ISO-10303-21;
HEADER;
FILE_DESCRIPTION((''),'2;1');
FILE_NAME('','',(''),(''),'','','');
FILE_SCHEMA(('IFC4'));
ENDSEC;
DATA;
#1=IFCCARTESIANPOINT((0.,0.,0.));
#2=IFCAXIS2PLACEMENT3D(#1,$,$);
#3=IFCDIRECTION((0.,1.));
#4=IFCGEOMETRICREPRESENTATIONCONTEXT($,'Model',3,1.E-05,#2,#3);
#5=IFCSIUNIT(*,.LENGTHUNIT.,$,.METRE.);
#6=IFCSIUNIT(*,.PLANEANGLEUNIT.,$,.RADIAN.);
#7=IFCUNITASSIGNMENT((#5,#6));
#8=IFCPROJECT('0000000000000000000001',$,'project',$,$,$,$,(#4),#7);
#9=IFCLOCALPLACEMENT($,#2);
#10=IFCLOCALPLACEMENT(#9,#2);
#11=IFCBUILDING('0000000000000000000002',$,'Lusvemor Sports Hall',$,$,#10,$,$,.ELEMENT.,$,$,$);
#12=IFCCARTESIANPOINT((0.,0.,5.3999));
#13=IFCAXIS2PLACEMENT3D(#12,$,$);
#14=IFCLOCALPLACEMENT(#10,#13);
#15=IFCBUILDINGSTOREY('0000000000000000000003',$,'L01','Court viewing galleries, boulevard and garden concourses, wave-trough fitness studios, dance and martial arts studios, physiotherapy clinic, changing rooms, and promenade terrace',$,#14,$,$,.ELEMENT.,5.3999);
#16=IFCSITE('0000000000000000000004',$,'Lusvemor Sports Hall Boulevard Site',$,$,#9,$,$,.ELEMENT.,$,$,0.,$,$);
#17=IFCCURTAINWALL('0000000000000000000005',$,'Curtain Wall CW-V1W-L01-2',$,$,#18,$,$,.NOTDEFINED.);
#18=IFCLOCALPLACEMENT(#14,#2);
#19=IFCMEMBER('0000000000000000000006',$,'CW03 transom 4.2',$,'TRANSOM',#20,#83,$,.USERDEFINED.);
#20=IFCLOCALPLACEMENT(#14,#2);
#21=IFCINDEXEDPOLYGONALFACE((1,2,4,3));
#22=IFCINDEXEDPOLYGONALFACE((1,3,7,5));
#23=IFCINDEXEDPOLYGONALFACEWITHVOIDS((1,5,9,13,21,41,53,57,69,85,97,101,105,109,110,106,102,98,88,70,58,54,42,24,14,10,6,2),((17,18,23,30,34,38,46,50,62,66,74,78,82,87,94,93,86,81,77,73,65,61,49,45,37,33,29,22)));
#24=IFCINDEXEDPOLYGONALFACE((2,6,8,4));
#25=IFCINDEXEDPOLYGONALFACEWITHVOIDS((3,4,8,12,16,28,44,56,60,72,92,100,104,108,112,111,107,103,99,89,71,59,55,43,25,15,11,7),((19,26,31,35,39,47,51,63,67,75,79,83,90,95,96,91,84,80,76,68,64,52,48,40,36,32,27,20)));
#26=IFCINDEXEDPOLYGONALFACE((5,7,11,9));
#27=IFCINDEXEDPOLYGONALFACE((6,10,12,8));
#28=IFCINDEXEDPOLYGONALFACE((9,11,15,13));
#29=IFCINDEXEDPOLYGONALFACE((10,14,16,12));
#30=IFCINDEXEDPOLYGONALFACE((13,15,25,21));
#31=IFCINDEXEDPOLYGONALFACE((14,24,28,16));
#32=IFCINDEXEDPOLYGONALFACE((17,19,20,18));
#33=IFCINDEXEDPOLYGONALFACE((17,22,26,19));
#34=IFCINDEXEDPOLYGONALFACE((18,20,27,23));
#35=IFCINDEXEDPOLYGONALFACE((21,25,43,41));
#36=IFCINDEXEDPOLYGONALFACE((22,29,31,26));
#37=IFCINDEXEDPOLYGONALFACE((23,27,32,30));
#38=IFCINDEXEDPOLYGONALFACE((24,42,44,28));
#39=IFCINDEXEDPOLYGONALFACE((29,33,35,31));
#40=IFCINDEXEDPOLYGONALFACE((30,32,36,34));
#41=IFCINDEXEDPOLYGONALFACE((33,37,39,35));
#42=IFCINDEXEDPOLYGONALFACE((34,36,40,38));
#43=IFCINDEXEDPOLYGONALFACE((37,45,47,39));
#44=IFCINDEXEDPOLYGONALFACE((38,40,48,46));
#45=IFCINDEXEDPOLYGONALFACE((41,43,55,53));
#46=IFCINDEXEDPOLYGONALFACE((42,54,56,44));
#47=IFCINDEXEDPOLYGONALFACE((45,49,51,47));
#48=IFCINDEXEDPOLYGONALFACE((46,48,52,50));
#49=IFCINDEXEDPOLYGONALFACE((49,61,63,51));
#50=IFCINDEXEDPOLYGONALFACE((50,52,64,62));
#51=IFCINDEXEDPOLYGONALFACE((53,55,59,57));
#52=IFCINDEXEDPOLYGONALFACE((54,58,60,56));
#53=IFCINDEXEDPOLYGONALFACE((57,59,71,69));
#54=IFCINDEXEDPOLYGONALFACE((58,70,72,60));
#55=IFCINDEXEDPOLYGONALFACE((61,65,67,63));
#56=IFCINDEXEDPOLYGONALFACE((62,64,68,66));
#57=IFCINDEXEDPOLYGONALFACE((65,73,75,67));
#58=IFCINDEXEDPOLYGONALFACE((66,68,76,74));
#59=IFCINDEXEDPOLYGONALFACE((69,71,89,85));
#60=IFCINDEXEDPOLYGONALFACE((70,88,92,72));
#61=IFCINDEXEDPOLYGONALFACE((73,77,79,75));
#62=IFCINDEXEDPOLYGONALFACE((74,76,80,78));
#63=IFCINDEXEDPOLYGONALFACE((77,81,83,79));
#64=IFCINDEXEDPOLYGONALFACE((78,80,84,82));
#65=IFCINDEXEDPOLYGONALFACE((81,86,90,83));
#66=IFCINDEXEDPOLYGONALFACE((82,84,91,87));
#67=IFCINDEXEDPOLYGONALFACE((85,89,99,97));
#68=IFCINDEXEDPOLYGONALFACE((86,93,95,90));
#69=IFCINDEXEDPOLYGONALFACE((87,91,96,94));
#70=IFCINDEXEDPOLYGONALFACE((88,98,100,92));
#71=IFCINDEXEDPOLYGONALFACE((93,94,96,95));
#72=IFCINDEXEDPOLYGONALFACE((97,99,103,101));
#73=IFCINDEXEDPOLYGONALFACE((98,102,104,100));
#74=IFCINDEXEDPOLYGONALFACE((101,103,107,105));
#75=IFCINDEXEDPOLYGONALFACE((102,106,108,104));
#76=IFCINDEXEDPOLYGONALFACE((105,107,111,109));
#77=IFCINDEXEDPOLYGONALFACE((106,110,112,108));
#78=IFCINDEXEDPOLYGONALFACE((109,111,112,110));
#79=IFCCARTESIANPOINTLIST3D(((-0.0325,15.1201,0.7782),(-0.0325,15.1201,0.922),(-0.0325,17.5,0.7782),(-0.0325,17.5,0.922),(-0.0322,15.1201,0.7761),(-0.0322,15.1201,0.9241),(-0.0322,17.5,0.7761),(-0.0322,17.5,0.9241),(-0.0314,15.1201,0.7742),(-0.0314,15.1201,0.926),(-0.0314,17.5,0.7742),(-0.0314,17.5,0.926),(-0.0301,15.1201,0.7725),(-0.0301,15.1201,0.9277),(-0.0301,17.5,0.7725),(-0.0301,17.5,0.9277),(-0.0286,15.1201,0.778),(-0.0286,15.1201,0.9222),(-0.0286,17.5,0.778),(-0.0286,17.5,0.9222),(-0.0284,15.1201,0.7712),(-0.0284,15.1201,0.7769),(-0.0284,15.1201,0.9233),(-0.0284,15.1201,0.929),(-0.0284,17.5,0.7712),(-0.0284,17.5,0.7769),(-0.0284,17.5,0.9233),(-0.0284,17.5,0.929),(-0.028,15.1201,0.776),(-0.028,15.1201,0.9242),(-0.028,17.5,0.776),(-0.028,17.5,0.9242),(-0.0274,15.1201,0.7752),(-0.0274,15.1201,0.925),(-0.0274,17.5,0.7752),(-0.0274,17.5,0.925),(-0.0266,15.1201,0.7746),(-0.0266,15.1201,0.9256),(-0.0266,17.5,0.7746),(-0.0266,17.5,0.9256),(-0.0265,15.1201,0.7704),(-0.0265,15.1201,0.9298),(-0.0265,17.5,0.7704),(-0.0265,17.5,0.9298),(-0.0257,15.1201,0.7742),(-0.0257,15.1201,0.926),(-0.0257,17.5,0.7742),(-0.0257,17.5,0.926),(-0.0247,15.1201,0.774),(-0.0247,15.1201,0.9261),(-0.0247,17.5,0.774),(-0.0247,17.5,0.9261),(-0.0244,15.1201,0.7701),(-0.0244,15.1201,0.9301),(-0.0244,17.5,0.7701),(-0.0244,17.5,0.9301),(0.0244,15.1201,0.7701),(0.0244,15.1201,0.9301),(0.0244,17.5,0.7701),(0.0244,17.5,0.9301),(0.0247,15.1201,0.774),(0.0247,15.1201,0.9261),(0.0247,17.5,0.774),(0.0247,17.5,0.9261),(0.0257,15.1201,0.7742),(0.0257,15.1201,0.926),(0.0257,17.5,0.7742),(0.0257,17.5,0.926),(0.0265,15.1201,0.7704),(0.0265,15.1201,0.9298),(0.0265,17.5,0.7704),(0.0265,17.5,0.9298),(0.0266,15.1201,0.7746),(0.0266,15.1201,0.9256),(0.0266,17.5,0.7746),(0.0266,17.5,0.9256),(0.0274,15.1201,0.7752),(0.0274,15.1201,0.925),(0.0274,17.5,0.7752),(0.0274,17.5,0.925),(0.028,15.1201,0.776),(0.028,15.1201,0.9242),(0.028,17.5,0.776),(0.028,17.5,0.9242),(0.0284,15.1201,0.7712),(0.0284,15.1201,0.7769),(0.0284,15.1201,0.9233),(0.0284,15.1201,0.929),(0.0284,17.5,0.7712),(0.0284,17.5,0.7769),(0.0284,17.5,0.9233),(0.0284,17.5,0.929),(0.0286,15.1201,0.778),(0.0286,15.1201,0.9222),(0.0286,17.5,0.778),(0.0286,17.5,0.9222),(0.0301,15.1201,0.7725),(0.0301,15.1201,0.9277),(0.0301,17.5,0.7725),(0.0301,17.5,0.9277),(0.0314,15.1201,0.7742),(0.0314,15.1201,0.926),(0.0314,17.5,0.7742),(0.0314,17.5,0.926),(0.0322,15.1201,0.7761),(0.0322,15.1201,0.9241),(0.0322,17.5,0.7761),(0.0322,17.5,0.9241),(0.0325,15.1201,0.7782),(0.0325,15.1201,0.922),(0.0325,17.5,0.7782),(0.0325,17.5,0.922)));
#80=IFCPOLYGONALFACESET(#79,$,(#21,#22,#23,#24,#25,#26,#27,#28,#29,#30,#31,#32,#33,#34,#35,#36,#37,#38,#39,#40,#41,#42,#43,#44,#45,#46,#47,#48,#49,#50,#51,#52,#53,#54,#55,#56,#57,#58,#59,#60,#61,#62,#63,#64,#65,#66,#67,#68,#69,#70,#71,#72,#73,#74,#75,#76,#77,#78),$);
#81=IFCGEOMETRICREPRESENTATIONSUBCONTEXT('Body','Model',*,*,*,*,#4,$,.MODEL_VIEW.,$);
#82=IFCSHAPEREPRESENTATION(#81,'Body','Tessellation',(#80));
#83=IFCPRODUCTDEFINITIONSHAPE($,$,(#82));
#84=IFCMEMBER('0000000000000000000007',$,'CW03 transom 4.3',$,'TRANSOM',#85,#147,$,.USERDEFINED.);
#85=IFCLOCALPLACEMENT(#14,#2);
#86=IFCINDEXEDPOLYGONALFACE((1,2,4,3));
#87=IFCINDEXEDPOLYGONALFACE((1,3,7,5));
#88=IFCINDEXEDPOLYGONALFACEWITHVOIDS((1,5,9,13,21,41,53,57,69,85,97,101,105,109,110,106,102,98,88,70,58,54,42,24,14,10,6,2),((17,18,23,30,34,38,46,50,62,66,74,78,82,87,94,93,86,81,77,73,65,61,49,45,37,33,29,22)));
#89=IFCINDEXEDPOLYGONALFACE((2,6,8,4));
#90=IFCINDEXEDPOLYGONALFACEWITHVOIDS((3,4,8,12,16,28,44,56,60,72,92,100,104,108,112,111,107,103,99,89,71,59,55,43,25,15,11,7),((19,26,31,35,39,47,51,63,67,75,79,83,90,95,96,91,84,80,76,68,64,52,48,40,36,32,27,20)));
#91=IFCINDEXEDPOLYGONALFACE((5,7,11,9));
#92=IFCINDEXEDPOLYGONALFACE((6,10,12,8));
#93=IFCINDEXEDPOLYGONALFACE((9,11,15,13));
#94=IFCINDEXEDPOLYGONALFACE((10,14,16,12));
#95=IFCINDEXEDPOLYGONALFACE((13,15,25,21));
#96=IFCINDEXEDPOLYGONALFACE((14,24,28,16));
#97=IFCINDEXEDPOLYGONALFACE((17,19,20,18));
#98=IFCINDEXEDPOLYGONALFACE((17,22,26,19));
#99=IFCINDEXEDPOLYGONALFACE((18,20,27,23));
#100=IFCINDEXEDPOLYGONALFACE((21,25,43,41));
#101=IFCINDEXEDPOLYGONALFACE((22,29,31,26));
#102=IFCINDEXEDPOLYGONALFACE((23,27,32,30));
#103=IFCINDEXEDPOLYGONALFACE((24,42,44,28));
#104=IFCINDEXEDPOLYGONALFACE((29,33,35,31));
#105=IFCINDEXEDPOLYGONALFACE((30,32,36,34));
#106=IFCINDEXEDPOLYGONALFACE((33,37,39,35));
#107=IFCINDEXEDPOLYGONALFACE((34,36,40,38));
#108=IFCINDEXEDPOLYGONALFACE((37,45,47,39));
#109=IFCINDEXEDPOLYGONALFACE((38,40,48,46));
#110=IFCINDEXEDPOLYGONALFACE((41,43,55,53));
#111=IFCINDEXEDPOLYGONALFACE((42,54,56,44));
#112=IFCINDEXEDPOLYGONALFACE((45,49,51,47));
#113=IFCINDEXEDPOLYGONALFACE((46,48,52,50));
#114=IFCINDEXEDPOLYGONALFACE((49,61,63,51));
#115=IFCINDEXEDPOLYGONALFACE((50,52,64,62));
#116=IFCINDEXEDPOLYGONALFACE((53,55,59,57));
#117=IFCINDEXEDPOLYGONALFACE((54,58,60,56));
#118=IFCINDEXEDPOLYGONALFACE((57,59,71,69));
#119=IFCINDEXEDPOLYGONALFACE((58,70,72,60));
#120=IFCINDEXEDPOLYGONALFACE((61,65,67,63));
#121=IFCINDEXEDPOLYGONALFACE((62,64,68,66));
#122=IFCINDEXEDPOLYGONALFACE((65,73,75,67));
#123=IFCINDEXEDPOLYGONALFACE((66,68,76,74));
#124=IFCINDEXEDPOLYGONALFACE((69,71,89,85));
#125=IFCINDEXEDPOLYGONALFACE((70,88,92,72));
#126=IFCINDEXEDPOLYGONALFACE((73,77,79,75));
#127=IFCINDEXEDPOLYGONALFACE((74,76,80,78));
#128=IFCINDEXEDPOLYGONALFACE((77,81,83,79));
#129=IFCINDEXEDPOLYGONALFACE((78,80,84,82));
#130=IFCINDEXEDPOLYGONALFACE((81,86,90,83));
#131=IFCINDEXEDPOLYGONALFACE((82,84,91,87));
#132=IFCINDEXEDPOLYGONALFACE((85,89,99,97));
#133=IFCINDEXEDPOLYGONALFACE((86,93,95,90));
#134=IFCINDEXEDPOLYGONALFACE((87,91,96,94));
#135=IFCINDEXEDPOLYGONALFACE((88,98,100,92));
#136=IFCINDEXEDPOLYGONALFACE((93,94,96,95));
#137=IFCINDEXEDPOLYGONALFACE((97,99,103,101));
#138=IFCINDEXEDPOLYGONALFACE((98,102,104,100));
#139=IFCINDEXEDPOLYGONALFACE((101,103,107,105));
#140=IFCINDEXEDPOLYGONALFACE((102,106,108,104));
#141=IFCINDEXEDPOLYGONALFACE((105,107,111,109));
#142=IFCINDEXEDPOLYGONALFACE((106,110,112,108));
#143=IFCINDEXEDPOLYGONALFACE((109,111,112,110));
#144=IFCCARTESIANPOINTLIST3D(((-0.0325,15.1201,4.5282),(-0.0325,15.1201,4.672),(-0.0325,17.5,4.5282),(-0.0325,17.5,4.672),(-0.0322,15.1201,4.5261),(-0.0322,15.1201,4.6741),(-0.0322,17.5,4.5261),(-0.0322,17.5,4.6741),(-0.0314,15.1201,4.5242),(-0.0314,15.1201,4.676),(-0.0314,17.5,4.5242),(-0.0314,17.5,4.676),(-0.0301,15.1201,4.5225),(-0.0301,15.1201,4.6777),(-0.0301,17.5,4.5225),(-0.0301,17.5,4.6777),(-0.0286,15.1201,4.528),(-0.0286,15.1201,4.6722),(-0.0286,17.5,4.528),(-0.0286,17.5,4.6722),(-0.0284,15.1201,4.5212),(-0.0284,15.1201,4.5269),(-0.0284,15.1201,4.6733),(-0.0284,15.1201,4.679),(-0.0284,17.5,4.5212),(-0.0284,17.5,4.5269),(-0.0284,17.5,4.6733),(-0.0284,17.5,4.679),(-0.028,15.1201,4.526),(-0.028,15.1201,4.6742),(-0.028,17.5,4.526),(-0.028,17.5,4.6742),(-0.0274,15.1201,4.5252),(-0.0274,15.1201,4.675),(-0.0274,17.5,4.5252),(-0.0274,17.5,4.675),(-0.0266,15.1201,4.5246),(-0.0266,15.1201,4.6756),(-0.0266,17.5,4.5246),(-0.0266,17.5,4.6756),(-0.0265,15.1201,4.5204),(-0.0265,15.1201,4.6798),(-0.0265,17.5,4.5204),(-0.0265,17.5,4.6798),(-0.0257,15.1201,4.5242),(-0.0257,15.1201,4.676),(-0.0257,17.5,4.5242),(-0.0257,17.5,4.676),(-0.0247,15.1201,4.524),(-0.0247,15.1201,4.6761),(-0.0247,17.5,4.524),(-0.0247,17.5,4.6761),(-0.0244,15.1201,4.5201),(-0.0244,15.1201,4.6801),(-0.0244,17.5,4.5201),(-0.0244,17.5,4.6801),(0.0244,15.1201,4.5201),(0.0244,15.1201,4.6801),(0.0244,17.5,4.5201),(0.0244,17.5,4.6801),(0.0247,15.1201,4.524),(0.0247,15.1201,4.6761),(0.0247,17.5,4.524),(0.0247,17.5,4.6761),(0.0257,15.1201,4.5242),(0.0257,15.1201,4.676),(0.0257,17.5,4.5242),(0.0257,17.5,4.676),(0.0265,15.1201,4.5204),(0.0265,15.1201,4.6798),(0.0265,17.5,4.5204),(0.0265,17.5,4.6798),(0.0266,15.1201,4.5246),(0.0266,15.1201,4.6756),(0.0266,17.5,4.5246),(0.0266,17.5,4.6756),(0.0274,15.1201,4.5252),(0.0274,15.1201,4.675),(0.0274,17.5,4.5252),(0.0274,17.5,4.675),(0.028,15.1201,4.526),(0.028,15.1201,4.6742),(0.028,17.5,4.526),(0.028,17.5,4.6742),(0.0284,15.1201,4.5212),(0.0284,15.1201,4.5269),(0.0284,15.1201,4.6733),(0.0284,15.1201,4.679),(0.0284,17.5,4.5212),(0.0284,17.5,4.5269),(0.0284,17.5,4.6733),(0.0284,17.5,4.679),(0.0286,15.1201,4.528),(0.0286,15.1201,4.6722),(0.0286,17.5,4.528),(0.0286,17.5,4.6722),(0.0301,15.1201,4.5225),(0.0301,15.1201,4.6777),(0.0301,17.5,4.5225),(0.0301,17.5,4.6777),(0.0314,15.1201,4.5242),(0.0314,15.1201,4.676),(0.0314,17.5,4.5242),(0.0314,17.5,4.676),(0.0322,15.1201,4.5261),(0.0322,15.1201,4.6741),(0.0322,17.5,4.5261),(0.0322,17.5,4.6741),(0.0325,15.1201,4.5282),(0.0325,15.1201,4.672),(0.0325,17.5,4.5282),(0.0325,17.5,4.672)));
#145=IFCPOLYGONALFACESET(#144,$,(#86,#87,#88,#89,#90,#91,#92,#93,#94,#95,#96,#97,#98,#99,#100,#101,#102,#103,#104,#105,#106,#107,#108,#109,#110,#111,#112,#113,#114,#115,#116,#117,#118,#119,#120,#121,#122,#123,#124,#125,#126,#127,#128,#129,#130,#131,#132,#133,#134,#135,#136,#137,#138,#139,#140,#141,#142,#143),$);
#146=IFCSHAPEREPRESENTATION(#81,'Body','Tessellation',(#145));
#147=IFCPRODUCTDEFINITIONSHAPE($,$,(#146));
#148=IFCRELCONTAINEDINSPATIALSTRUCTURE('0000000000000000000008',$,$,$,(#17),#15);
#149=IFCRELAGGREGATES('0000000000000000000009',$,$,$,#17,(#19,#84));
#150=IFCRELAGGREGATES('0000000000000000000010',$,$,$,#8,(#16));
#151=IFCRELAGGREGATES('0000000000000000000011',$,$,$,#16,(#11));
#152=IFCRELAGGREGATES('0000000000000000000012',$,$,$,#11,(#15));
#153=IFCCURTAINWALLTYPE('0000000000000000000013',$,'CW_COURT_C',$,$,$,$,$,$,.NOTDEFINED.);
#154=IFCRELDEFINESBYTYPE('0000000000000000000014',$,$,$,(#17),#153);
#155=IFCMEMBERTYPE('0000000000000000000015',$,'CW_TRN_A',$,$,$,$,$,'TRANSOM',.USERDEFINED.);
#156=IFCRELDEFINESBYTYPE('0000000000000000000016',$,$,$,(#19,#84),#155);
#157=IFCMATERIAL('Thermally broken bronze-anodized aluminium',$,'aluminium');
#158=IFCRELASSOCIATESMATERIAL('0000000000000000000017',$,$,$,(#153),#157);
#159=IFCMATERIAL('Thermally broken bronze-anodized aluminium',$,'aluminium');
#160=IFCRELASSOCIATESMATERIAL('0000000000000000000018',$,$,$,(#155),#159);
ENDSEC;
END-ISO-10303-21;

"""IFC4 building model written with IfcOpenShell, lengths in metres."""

from ifc_helpers import new_model, si_unit, direction, frame, origin, origin_2d, place, context, subcontext, project, spatial, hollow_rectangle, extrude, material, material_profile, profile_set, type_object, element, aggregate, save


model = new_model("IFC4")

# Units and contexts
model_context = context("Model", 3, precision=1e-05, world=origin(), true_north=direction((0.0, 1.0)))
body_context = subcontext(model_context, "Body", "Model", "MODEL_VIEW")
ifc_project = project(units=[si_unit("LENGTHUNIT", "METRE"), si_unit("PLANEANGLEUNIT", "RADIAN")], contexts=[model_context])

# Site, building, storey
site_placement = place(None, origin())
site = spatial("IfcSite", under=ifc_project, at=site_placement, Name="Lusvemor Sports Hall Boulevard Site", CompositionType="ELEMENT", RefElevation=0.0)
building_placement = place(site_placement, origin())
building = spatial("IfcBuilding", under=site, at=building_placement, Name="Lusvemor Sports Hall", CompositionType="ELEMENT")
storey_placement = place(building_placement, frame((0.0, 0.0, 5.3999)))
storey = spatial("IfcBuildingStorey", under=building, at=storey_placement, Name="L01", Description="Court viewing galleries, boulevard and garden concourses, wave-trough fitness studios, dance and martial arts studios, physiotherapy clinic, changing rooms, and promenade terrace", CompositionType="ELEMENT", Elevation=5.3999)

# Curtain wall, members
ifc_material_1 = material(Name="Thermally broken bronze-anodized aluminium", Category="aluminium")
curtain_wall_type = type_object("IfcCurtainWallType", Name="CW_COURT_C", PredefinedType="NOTDEFINED", material=ifc_material_1)
curtain_wall_placement = place(storey_placement, origin())
curtain_wall = element("IfcCurtainWall", 1, at=curtain_wall_placement, inside=storey, type_object=curtain_wall_type, Name="Curtain Wall CW-V1W-L01-2", PredefinedType="NOTDEFINED")
ifc_material_2 = material(Name="Thermally broken bronze-anodized aluminium", Category="aluminium")
ifc_material_profile_1 = material_profile(ifc_material_2, hollow_rectangle(XDim=0.0649, YDim=0.1599, WallThickness=0.0039, InnerFilletRadius=0.0039, OuterFilletRadius=0.0081, at=origin_2d()), Name="CWTRN160x65x4")
ifc_profile_set_1 = profile_set([ifc_material_profile_1], Name="Thermally broken bronze-anodized aluminium")
member_type_1 = type_object("IfcMemberType", Name="CW_TRN_A", ElementType="TRANSOM", PredefinedType="USERDEFINED", material=ifc_profile_set_1)
member_1_placement = place(storey_placement, frame((0.0, 15.1201, 0.8501), z_axis=(0.0, 1.0, 0.0), x_axis=(-1.0, 0.0, 0.0)))
member_1 = element("IfcMember", 2, at=member_1_placement, type_object=member_type_1, Name="CW03 transom 4.2", ObjectType="TRANSOM", PredefinedType="USERDEFINED", context=body_context, shape_type="SweptSolid", body=[
    extrude(hollow_rectangle(XDim=0.0649, YDim=0.1599, WallThickness=0.0039, InnerFilletRadius=0.0039, OuterFilletRadius=0.0081, at=origin_2d()), origin(), (0.0, 0.0, 1.0), 2.3799),
])
member_2_placement = place(storey_placement, frame((0.0, 15.1201, 4.6001), z_axis=(0.0, 1.0, 0.0), x_axis=(-1.0, 0.0, 0.0)))
member_2 = element("IfcMember", 3, at=member_2_placement, type_object=member_type_1, Name="CW03 transom 4.3", ObjectType="TRANSOM", PredefinedType="USERDEFINED", context=body_context, shape_type="SweptSolid", body=[
    extrude(hollow_rectangle(XDim=0.0649, YDim=0.1599, WallThickness=0.0039, InnerFilletRadius=0.0039, OuterFilletRadius=0.0081, at=origin_2d()), origin(), (0.0, 0.0, 1.0), 2.3799),
])

aggregate(curtain_wall, [member_1, member_2])

save(model, "model.ifc")
